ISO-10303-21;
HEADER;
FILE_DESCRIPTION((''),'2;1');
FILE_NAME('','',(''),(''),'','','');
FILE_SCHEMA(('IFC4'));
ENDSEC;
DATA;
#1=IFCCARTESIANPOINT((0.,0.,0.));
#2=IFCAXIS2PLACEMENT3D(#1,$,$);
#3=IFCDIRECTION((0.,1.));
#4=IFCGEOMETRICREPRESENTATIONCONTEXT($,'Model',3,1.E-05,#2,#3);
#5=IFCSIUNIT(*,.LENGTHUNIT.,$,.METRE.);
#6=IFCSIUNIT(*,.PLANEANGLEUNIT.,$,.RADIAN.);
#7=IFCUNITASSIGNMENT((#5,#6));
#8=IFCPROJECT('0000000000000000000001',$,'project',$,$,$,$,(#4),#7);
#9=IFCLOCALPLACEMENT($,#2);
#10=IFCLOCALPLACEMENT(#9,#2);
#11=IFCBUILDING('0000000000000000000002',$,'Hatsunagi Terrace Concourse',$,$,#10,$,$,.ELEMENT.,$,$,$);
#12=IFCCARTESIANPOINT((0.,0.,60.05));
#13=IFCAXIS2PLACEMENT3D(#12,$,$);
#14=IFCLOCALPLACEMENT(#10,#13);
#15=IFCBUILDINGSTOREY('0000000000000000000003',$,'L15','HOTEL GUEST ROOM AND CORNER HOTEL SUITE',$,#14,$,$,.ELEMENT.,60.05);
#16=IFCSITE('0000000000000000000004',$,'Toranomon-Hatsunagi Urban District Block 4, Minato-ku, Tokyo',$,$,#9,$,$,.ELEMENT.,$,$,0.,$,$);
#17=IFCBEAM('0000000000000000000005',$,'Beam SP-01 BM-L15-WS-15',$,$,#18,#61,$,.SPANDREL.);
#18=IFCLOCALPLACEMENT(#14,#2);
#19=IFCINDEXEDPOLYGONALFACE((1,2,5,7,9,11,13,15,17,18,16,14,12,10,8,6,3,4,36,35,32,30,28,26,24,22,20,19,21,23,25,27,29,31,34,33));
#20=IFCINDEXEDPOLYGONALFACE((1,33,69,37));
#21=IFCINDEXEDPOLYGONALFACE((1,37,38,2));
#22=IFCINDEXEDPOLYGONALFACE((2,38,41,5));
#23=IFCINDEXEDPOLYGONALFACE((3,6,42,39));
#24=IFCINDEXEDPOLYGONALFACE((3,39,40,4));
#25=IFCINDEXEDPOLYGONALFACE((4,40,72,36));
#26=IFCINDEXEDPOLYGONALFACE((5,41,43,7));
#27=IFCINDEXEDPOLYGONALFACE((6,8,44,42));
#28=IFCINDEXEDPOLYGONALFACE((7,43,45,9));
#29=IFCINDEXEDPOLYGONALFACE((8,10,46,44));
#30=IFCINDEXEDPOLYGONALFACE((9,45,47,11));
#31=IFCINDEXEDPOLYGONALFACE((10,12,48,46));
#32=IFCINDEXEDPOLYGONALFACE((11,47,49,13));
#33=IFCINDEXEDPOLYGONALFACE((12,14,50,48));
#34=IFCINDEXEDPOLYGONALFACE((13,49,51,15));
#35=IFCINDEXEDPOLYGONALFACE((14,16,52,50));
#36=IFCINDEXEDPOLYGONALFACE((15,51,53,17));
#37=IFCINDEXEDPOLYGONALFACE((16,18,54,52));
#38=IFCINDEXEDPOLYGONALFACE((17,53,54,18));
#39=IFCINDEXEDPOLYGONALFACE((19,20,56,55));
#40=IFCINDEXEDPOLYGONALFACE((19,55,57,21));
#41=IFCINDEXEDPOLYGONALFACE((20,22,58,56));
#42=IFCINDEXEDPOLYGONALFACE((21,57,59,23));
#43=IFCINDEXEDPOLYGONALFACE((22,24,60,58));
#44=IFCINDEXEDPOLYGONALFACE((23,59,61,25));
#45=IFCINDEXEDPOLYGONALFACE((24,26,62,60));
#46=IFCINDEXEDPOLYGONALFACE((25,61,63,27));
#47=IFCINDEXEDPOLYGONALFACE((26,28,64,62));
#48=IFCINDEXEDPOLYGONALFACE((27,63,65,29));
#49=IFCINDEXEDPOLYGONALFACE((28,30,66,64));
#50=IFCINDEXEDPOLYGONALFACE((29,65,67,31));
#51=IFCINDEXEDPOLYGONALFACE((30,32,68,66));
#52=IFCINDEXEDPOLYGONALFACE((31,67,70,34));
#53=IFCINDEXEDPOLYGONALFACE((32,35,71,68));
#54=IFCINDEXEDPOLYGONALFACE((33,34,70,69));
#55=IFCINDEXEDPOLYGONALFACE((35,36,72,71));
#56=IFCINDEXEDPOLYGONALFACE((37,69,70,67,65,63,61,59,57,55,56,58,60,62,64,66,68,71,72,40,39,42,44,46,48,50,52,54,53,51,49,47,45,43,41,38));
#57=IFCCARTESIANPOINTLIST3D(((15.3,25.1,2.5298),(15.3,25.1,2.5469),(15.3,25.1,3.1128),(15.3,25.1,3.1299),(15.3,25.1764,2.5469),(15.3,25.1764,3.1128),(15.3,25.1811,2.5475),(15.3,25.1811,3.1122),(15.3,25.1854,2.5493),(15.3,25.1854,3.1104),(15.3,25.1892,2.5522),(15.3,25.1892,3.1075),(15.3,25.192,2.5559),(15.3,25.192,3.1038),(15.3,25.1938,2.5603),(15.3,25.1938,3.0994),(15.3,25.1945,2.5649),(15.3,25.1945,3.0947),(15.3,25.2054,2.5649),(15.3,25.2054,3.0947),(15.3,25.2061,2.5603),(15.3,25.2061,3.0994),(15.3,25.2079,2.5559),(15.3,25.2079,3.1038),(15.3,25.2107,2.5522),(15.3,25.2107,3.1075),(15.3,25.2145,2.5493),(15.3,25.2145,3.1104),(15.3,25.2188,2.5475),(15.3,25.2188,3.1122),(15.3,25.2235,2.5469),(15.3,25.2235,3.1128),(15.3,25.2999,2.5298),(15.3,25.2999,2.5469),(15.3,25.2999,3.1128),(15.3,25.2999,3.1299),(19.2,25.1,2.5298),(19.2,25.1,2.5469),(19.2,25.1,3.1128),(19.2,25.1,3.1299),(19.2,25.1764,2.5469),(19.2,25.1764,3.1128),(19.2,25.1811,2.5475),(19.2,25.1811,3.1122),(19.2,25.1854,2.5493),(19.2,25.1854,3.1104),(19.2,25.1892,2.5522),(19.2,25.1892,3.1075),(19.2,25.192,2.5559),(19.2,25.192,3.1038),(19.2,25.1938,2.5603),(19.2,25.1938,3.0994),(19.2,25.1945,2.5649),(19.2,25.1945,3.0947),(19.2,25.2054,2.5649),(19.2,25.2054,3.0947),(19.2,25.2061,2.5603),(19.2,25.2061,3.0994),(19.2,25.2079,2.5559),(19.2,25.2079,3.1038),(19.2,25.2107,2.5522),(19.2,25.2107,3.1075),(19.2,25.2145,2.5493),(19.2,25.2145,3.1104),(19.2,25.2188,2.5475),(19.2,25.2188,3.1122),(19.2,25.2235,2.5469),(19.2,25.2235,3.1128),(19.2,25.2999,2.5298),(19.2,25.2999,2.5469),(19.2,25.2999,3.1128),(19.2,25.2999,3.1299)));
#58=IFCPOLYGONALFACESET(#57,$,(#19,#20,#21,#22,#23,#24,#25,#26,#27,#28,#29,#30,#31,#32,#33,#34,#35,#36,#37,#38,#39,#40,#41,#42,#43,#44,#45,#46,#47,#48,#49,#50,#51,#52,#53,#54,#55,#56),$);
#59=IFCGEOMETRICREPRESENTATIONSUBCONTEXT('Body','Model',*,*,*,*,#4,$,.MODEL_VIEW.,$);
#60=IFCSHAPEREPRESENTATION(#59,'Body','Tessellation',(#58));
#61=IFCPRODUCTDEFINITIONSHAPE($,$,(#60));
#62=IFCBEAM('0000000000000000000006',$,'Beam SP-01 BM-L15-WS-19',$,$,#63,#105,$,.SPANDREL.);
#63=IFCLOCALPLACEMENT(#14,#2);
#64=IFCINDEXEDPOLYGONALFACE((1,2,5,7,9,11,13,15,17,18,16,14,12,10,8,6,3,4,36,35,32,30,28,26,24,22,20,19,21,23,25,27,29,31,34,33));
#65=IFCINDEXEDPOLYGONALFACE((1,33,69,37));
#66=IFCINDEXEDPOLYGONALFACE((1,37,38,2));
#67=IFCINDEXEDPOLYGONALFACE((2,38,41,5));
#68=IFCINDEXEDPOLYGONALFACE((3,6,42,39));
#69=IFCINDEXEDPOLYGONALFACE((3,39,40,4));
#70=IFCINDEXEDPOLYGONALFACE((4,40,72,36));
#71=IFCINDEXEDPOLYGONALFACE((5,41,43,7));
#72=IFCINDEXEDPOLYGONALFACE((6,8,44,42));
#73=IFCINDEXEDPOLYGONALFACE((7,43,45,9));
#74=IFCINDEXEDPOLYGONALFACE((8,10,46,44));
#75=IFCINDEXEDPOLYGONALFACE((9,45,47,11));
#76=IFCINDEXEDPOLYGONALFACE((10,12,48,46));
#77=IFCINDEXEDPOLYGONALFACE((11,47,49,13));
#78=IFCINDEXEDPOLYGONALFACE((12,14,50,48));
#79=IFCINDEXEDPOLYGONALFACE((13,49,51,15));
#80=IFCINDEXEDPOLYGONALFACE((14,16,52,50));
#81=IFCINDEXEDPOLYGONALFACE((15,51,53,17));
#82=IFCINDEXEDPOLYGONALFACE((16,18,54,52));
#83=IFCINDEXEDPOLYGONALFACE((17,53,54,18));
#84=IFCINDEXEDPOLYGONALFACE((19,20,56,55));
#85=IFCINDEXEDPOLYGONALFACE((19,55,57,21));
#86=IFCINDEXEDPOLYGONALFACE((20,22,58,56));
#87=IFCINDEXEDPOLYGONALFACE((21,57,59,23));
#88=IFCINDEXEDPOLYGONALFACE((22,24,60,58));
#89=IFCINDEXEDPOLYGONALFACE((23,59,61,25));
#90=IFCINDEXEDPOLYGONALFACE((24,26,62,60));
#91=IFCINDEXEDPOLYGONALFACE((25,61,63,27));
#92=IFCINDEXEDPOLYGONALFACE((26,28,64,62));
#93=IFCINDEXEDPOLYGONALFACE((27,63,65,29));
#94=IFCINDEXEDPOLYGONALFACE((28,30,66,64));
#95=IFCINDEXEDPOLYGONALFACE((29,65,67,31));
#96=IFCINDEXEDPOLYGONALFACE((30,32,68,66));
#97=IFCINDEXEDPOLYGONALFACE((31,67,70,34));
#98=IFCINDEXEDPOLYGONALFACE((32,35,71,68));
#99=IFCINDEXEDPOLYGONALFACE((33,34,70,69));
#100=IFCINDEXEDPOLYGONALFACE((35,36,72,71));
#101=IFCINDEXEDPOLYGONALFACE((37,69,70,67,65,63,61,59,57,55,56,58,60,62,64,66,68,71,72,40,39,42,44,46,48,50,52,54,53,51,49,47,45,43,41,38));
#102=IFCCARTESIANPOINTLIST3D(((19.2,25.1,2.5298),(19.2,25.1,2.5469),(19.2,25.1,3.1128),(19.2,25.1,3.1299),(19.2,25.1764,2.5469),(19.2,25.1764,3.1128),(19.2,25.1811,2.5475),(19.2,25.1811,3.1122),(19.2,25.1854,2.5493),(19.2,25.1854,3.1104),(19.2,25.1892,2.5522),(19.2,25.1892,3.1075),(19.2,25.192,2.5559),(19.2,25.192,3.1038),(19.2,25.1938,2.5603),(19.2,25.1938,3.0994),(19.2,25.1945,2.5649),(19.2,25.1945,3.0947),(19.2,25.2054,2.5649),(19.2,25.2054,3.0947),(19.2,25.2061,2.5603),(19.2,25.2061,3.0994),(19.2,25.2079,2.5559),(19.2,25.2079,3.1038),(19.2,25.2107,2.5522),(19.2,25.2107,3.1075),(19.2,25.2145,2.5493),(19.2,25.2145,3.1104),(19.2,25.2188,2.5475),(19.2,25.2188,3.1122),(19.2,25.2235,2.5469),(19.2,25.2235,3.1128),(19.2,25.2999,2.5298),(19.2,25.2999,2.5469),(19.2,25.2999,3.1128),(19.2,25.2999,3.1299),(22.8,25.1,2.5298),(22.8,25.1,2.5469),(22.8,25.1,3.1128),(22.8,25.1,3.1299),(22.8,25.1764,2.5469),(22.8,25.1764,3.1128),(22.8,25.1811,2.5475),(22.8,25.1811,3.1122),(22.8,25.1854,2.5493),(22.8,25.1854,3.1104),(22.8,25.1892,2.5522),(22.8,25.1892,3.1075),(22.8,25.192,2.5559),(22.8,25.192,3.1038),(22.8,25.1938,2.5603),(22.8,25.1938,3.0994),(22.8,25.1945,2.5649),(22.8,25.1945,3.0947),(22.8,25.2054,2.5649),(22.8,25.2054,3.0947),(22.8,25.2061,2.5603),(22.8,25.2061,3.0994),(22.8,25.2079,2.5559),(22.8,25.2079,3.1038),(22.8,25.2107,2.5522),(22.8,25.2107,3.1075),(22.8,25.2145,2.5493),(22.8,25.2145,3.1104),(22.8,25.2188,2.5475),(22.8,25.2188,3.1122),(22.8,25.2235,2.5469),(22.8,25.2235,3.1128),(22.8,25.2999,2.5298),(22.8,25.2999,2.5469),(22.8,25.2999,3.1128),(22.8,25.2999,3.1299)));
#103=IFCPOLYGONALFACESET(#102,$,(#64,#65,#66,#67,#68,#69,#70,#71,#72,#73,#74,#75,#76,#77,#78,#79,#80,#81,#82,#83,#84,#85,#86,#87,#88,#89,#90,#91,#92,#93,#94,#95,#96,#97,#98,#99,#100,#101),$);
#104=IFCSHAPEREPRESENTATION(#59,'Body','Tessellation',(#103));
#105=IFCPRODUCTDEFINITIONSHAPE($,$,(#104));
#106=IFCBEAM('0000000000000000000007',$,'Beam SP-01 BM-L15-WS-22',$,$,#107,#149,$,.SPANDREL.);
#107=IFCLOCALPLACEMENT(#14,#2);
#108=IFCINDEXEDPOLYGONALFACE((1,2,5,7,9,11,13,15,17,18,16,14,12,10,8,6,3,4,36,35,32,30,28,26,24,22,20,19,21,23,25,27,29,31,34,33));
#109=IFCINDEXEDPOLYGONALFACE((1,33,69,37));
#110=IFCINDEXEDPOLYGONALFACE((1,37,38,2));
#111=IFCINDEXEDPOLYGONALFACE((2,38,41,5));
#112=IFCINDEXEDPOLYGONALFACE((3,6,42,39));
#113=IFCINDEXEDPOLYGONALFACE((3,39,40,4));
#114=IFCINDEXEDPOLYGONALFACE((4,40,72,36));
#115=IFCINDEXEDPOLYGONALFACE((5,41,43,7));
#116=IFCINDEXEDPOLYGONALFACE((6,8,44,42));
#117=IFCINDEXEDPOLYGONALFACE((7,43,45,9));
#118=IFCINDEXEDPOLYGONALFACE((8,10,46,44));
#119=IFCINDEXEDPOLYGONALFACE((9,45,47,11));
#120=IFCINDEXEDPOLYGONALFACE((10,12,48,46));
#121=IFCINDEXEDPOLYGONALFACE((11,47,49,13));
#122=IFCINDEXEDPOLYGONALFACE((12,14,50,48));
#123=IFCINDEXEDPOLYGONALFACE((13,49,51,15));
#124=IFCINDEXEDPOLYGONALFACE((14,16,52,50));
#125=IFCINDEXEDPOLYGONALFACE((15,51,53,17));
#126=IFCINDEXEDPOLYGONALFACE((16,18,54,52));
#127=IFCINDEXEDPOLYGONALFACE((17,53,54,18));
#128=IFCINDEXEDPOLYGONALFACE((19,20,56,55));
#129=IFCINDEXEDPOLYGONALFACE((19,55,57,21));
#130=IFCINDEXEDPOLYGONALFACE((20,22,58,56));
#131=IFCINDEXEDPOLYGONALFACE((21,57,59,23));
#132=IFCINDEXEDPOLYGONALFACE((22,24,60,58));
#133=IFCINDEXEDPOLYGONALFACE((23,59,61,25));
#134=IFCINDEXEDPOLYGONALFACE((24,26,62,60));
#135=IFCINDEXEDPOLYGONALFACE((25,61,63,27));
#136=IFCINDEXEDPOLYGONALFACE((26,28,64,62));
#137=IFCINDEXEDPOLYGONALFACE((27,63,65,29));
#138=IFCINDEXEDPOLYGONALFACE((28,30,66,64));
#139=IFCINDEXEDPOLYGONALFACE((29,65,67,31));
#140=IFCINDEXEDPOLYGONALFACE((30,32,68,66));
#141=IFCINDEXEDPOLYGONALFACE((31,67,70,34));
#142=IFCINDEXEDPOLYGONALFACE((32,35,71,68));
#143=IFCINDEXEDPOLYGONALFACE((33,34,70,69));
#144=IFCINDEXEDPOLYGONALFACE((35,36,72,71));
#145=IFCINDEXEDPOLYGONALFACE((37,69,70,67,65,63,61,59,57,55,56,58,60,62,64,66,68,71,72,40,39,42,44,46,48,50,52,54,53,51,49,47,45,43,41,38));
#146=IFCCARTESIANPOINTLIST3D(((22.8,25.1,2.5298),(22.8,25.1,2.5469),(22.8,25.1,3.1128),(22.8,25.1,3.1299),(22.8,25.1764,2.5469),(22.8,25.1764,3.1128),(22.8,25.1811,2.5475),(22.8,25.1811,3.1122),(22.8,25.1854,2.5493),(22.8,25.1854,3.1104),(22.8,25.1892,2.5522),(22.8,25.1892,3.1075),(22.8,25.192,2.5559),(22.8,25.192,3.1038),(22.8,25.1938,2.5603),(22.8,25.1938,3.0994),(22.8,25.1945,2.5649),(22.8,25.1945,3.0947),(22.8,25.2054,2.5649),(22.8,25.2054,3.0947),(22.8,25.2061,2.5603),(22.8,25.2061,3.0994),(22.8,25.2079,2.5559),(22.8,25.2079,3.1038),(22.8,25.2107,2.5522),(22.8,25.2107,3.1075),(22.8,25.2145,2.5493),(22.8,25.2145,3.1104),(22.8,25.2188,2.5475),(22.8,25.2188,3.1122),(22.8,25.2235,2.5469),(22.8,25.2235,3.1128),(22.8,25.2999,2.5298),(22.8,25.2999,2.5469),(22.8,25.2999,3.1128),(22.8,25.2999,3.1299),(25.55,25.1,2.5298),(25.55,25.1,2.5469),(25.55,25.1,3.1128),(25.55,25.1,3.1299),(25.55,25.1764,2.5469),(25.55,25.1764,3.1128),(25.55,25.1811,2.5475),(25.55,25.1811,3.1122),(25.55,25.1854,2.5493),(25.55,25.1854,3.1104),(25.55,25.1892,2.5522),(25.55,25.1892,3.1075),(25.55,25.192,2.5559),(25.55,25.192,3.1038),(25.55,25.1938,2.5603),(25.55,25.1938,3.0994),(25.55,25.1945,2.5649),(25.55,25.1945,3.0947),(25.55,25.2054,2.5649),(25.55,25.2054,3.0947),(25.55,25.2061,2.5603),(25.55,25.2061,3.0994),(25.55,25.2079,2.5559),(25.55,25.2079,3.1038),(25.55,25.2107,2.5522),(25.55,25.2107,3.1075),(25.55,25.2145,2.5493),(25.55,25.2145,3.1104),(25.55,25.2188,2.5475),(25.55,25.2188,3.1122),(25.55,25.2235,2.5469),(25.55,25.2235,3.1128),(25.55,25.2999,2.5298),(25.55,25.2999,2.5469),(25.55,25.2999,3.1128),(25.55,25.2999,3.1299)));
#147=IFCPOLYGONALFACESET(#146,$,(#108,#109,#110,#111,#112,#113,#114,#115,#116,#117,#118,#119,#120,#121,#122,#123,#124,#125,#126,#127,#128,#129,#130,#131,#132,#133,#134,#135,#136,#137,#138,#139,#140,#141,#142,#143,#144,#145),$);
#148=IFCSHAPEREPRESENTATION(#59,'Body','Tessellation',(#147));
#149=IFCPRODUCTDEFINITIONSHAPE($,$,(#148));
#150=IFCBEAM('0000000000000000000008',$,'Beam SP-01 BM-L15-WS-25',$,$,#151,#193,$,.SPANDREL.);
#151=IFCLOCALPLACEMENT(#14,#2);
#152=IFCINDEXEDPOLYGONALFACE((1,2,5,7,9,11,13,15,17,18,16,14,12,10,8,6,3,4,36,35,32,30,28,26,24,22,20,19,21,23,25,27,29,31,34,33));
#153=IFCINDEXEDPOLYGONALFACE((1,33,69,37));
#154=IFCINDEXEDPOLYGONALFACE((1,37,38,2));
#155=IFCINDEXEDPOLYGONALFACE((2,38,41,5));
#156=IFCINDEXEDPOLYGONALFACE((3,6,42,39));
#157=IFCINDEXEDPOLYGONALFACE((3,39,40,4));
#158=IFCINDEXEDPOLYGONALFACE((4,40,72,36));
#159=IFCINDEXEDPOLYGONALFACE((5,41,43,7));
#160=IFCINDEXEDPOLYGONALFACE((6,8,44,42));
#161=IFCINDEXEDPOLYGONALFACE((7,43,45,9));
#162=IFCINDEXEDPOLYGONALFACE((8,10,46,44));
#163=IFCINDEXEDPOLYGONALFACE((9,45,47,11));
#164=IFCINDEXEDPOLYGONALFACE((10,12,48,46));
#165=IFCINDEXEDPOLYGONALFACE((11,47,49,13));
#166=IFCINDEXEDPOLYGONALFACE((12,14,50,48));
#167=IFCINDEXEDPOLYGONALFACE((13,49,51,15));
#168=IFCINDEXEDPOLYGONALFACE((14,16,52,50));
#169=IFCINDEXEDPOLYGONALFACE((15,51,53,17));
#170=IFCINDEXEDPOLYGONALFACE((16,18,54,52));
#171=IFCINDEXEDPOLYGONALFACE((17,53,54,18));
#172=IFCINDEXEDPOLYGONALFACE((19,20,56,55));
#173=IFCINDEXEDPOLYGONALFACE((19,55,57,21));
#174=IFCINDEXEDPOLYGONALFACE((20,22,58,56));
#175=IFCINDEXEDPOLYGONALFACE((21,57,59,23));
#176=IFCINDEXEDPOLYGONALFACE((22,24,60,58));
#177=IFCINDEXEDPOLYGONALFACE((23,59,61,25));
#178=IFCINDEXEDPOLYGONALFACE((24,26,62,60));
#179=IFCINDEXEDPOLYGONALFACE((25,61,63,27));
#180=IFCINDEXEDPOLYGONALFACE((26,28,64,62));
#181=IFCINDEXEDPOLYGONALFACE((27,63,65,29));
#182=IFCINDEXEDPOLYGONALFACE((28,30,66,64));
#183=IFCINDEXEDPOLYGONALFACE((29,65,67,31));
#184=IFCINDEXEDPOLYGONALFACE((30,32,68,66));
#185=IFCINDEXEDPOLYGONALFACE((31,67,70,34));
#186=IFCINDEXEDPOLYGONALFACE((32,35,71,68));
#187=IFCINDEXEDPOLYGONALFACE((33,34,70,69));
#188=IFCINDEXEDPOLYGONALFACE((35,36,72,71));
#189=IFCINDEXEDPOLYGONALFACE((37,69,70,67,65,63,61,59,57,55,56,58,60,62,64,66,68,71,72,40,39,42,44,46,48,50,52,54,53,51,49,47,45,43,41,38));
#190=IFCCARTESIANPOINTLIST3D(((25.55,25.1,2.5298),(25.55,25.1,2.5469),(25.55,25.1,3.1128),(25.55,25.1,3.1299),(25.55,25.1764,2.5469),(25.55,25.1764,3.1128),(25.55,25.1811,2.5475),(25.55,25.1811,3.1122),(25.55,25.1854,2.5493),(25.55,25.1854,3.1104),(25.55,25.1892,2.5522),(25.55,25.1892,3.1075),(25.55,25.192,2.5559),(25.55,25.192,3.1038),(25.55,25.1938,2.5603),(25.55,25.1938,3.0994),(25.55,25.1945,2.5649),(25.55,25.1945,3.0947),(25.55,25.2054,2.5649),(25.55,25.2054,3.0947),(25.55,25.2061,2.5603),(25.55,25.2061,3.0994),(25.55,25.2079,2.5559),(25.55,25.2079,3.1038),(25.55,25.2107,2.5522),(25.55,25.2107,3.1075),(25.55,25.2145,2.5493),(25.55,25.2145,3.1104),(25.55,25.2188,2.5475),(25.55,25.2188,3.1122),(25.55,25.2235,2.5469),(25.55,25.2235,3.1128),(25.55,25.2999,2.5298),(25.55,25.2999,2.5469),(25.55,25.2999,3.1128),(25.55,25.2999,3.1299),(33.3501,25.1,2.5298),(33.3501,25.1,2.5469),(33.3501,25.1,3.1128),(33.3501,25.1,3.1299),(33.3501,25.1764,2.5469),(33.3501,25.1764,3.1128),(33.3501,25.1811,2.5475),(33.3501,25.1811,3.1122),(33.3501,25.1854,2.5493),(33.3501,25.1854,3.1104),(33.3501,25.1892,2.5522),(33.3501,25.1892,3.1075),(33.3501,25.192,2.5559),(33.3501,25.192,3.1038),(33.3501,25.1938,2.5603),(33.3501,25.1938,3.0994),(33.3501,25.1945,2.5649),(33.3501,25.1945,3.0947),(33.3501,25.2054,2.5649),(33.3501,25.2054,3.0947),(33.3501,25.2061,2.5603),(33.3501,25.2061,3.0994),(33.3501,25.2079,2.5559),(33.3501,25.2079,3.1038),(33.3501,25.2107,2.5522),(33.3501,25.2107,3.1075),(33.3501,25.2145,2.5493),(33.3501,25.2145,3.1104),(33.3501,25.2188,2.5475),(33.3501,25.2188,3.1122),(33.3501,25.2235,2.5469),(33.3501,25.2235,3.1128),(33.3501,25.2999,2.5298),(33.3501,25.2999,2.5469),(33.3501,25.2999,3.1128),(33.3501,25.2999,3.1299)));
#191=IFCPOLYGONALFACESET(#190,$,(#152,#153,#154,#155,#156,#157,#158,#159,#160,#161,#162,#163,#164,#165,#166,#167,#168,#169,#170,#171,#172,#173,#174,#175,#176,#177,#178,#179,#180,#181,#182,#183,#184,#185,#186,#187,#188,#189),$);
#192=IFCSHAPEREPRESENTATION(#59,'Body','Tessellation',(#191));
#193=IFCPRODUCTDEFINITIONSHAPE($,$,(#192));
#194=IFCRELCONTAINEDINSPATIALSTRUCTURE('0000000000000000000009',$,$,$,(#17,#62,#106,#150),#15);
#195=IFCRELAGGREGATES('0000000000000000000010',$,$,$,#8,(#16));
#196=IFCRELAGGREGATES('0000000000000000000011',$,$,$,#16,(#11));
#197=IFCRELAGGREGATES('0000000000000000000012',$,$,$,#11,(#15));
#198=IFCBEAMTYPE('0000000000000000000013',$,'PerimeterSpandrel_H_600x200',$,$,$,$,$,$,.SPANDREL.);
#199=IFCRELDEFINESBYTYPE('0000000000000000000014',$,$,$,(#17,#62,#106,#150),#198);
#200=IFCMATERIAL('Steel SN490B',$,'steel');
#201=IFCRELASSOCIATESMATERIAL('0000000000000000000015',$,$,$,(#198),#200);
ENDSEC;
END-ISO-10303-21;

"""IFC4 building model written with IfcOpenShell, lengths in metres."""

from ifc_helpers import new_model, si_unit, direction, frame, origin, origin_2d, place, context, subcontext, project, spatial, i_section, extrude, material, material_profile, profile_set, type_object, element, save


model = new_model("IFC4")

# Units and contexts
model_context = context("Model", 3, precision=1e-05, world=origin(), true_north=direction((0.0, 1.0)))
body_context = subcontext(model_context, "Body", "Model", "MODEL_VIEW")
ifc_project = project(units=[si_unit("LENGTHUNIT", "METRE"), si_unit("PLANEANGLEUNIT", "RADIAN")], contexts=[model_context])

# Site, building, storey
site_placement = place(None, origin())
site = spatial("IfcSite", under=ifc_project, at=site_placement, Name="Toranomon-Hatsunagi Urban District Block 4, Minato-ku, Tokyo", CompositionType="ELEMENT", RefElevation=0.0)
building_placement = place(site_placement, origin())
building = spatial("IfcBuilding", under=site, at=building_placement, Name="Hatsunagi Terrace Concourse", CompositionType="ELEMENT")
storey_placement = place(building_placement, frame((0.0, 0.0, 60.05)))
storey = spatial("IfcBuildingStorey", under=building, at=storey_placement, Name="L15", Description="HOTEL GUEST ROOM AND CORNER HOTEL SUITE", CompositionType="ELEMENT", Elevation=60.05)

# Beams
ifc_material_1 = material(Name="Steel SN490B", Category="steel")
ifc_material_profile_1 = material_profile(ifc_material_1, i_section(OverallWidth=0.2, OverallDepth=0.6001, WebThickness=0.011, FlangeThickness=0.0171, FilletRadius=0.0181, at=origin_2d()), Name="H-600x200x11x17")
ifc_profile_set_1 = profile_set([ifc_material_profile_1], Name="Steel SN490B")
beam_type_1 = type_object("IfcBeamType", Name="PerimeterSpandrel_H_600x200", PredefinedType="SPANDREL", material=ifc_profile_set_1)
beam_1_placement = place(storey_placement, frame((15.3, 25.2, 2.8298), z_axis=(1.0, 0.0, 0.0), x_axis=(0.0, 1.0, 0.0)))
element("IfcBeam", 1, at=beam_1_placement, inside=storey, type_object=beam_type_1, Name="Beam SP-01 BM-L15-WS-15", PredefinedType="SPANDREL", context=body_context, shape_type="SweptSolid", body=[
    extrude(i_section(OverallWidth=0.2, OverallDepth=0.6001, WebThickness=0.011, FlangeThickness=0.0171, FilletRadius=0.0181, at=origin_2d()), origin(), (0.0, 0.0, 1.0), 3.8999),
])
beam_2_placement = place(storey_placement, frame((19.2, 25.2, 2.8298), z_axis=(1.0, 0.0, 0.0), x_axis=(0.0, 1.0, 0.0)))
element("IfcBeam", 2, at=beam_2_placement, inside=storey, type_object=beam_type_1, Name="Beam SP-01 BM-L15-WS-19", PredefinedType="SPANDREL", context=body_context, shape_type="SweptSolid", body=[
    extrude(i_section(OverallWidth=0.2, OverallDepth=0.6001, WebThickness=0.011, FlangeThickness=0.0171, FilletRadius=0.0181, at=origin_2d()), origin(), (0.0, 0.0, 1.0), 3.6001),
])
beam_3_placement = place(storey_placement, frame((22.8, 25.2, 2.8298), z_axis=(1.0, 0.0, 0.0), x_axis=(0.0, 1.0, 0.0)))
element("IfcBeam", 3, at=beam_3_placement, inside=storey, type_object=beam_type_1, Name="Beam SP-01 BM-L15-WS-22", PredefinedType="SPANDREL", context=body_context, shape_type="SweptSolid", body=[
    extrude(i_section(OverallWidth=0.2, OverallDepth=0.6001, WebThickness=0.011, FlangeThickness=0.0171, FilletRadius=0.0181, at=origin_2d()), origin(), (0.0, 0.0, 1.0), 2.75),
])
beam_4_placement = place(storey_placement, frame((25.55, 25.2, 2.8298), z_axis=(1.0, 0.0, 0.0), x_axis=(0.0, 1.0, 0.0)))
element("IfcBeam", 4, at=beam_4_placement, inside=storey, type_object=beam_type_1, Name="Beam SP-01 BM-L15-WS-25", PredefinedType="SPANDREL", context=body_context, shape_type="SweptSolid", body=[
    extrude(i_section(OverallWidth=0.2, OverallDepth=0.6001, WebThickness=0.011, FlangeThickness=0.0171, FilletRadius=0.0181, at=origin_2d()), origin(), (0.0, 0.0, 1.0), 7.8),
])

save(model, "model.ifc")
